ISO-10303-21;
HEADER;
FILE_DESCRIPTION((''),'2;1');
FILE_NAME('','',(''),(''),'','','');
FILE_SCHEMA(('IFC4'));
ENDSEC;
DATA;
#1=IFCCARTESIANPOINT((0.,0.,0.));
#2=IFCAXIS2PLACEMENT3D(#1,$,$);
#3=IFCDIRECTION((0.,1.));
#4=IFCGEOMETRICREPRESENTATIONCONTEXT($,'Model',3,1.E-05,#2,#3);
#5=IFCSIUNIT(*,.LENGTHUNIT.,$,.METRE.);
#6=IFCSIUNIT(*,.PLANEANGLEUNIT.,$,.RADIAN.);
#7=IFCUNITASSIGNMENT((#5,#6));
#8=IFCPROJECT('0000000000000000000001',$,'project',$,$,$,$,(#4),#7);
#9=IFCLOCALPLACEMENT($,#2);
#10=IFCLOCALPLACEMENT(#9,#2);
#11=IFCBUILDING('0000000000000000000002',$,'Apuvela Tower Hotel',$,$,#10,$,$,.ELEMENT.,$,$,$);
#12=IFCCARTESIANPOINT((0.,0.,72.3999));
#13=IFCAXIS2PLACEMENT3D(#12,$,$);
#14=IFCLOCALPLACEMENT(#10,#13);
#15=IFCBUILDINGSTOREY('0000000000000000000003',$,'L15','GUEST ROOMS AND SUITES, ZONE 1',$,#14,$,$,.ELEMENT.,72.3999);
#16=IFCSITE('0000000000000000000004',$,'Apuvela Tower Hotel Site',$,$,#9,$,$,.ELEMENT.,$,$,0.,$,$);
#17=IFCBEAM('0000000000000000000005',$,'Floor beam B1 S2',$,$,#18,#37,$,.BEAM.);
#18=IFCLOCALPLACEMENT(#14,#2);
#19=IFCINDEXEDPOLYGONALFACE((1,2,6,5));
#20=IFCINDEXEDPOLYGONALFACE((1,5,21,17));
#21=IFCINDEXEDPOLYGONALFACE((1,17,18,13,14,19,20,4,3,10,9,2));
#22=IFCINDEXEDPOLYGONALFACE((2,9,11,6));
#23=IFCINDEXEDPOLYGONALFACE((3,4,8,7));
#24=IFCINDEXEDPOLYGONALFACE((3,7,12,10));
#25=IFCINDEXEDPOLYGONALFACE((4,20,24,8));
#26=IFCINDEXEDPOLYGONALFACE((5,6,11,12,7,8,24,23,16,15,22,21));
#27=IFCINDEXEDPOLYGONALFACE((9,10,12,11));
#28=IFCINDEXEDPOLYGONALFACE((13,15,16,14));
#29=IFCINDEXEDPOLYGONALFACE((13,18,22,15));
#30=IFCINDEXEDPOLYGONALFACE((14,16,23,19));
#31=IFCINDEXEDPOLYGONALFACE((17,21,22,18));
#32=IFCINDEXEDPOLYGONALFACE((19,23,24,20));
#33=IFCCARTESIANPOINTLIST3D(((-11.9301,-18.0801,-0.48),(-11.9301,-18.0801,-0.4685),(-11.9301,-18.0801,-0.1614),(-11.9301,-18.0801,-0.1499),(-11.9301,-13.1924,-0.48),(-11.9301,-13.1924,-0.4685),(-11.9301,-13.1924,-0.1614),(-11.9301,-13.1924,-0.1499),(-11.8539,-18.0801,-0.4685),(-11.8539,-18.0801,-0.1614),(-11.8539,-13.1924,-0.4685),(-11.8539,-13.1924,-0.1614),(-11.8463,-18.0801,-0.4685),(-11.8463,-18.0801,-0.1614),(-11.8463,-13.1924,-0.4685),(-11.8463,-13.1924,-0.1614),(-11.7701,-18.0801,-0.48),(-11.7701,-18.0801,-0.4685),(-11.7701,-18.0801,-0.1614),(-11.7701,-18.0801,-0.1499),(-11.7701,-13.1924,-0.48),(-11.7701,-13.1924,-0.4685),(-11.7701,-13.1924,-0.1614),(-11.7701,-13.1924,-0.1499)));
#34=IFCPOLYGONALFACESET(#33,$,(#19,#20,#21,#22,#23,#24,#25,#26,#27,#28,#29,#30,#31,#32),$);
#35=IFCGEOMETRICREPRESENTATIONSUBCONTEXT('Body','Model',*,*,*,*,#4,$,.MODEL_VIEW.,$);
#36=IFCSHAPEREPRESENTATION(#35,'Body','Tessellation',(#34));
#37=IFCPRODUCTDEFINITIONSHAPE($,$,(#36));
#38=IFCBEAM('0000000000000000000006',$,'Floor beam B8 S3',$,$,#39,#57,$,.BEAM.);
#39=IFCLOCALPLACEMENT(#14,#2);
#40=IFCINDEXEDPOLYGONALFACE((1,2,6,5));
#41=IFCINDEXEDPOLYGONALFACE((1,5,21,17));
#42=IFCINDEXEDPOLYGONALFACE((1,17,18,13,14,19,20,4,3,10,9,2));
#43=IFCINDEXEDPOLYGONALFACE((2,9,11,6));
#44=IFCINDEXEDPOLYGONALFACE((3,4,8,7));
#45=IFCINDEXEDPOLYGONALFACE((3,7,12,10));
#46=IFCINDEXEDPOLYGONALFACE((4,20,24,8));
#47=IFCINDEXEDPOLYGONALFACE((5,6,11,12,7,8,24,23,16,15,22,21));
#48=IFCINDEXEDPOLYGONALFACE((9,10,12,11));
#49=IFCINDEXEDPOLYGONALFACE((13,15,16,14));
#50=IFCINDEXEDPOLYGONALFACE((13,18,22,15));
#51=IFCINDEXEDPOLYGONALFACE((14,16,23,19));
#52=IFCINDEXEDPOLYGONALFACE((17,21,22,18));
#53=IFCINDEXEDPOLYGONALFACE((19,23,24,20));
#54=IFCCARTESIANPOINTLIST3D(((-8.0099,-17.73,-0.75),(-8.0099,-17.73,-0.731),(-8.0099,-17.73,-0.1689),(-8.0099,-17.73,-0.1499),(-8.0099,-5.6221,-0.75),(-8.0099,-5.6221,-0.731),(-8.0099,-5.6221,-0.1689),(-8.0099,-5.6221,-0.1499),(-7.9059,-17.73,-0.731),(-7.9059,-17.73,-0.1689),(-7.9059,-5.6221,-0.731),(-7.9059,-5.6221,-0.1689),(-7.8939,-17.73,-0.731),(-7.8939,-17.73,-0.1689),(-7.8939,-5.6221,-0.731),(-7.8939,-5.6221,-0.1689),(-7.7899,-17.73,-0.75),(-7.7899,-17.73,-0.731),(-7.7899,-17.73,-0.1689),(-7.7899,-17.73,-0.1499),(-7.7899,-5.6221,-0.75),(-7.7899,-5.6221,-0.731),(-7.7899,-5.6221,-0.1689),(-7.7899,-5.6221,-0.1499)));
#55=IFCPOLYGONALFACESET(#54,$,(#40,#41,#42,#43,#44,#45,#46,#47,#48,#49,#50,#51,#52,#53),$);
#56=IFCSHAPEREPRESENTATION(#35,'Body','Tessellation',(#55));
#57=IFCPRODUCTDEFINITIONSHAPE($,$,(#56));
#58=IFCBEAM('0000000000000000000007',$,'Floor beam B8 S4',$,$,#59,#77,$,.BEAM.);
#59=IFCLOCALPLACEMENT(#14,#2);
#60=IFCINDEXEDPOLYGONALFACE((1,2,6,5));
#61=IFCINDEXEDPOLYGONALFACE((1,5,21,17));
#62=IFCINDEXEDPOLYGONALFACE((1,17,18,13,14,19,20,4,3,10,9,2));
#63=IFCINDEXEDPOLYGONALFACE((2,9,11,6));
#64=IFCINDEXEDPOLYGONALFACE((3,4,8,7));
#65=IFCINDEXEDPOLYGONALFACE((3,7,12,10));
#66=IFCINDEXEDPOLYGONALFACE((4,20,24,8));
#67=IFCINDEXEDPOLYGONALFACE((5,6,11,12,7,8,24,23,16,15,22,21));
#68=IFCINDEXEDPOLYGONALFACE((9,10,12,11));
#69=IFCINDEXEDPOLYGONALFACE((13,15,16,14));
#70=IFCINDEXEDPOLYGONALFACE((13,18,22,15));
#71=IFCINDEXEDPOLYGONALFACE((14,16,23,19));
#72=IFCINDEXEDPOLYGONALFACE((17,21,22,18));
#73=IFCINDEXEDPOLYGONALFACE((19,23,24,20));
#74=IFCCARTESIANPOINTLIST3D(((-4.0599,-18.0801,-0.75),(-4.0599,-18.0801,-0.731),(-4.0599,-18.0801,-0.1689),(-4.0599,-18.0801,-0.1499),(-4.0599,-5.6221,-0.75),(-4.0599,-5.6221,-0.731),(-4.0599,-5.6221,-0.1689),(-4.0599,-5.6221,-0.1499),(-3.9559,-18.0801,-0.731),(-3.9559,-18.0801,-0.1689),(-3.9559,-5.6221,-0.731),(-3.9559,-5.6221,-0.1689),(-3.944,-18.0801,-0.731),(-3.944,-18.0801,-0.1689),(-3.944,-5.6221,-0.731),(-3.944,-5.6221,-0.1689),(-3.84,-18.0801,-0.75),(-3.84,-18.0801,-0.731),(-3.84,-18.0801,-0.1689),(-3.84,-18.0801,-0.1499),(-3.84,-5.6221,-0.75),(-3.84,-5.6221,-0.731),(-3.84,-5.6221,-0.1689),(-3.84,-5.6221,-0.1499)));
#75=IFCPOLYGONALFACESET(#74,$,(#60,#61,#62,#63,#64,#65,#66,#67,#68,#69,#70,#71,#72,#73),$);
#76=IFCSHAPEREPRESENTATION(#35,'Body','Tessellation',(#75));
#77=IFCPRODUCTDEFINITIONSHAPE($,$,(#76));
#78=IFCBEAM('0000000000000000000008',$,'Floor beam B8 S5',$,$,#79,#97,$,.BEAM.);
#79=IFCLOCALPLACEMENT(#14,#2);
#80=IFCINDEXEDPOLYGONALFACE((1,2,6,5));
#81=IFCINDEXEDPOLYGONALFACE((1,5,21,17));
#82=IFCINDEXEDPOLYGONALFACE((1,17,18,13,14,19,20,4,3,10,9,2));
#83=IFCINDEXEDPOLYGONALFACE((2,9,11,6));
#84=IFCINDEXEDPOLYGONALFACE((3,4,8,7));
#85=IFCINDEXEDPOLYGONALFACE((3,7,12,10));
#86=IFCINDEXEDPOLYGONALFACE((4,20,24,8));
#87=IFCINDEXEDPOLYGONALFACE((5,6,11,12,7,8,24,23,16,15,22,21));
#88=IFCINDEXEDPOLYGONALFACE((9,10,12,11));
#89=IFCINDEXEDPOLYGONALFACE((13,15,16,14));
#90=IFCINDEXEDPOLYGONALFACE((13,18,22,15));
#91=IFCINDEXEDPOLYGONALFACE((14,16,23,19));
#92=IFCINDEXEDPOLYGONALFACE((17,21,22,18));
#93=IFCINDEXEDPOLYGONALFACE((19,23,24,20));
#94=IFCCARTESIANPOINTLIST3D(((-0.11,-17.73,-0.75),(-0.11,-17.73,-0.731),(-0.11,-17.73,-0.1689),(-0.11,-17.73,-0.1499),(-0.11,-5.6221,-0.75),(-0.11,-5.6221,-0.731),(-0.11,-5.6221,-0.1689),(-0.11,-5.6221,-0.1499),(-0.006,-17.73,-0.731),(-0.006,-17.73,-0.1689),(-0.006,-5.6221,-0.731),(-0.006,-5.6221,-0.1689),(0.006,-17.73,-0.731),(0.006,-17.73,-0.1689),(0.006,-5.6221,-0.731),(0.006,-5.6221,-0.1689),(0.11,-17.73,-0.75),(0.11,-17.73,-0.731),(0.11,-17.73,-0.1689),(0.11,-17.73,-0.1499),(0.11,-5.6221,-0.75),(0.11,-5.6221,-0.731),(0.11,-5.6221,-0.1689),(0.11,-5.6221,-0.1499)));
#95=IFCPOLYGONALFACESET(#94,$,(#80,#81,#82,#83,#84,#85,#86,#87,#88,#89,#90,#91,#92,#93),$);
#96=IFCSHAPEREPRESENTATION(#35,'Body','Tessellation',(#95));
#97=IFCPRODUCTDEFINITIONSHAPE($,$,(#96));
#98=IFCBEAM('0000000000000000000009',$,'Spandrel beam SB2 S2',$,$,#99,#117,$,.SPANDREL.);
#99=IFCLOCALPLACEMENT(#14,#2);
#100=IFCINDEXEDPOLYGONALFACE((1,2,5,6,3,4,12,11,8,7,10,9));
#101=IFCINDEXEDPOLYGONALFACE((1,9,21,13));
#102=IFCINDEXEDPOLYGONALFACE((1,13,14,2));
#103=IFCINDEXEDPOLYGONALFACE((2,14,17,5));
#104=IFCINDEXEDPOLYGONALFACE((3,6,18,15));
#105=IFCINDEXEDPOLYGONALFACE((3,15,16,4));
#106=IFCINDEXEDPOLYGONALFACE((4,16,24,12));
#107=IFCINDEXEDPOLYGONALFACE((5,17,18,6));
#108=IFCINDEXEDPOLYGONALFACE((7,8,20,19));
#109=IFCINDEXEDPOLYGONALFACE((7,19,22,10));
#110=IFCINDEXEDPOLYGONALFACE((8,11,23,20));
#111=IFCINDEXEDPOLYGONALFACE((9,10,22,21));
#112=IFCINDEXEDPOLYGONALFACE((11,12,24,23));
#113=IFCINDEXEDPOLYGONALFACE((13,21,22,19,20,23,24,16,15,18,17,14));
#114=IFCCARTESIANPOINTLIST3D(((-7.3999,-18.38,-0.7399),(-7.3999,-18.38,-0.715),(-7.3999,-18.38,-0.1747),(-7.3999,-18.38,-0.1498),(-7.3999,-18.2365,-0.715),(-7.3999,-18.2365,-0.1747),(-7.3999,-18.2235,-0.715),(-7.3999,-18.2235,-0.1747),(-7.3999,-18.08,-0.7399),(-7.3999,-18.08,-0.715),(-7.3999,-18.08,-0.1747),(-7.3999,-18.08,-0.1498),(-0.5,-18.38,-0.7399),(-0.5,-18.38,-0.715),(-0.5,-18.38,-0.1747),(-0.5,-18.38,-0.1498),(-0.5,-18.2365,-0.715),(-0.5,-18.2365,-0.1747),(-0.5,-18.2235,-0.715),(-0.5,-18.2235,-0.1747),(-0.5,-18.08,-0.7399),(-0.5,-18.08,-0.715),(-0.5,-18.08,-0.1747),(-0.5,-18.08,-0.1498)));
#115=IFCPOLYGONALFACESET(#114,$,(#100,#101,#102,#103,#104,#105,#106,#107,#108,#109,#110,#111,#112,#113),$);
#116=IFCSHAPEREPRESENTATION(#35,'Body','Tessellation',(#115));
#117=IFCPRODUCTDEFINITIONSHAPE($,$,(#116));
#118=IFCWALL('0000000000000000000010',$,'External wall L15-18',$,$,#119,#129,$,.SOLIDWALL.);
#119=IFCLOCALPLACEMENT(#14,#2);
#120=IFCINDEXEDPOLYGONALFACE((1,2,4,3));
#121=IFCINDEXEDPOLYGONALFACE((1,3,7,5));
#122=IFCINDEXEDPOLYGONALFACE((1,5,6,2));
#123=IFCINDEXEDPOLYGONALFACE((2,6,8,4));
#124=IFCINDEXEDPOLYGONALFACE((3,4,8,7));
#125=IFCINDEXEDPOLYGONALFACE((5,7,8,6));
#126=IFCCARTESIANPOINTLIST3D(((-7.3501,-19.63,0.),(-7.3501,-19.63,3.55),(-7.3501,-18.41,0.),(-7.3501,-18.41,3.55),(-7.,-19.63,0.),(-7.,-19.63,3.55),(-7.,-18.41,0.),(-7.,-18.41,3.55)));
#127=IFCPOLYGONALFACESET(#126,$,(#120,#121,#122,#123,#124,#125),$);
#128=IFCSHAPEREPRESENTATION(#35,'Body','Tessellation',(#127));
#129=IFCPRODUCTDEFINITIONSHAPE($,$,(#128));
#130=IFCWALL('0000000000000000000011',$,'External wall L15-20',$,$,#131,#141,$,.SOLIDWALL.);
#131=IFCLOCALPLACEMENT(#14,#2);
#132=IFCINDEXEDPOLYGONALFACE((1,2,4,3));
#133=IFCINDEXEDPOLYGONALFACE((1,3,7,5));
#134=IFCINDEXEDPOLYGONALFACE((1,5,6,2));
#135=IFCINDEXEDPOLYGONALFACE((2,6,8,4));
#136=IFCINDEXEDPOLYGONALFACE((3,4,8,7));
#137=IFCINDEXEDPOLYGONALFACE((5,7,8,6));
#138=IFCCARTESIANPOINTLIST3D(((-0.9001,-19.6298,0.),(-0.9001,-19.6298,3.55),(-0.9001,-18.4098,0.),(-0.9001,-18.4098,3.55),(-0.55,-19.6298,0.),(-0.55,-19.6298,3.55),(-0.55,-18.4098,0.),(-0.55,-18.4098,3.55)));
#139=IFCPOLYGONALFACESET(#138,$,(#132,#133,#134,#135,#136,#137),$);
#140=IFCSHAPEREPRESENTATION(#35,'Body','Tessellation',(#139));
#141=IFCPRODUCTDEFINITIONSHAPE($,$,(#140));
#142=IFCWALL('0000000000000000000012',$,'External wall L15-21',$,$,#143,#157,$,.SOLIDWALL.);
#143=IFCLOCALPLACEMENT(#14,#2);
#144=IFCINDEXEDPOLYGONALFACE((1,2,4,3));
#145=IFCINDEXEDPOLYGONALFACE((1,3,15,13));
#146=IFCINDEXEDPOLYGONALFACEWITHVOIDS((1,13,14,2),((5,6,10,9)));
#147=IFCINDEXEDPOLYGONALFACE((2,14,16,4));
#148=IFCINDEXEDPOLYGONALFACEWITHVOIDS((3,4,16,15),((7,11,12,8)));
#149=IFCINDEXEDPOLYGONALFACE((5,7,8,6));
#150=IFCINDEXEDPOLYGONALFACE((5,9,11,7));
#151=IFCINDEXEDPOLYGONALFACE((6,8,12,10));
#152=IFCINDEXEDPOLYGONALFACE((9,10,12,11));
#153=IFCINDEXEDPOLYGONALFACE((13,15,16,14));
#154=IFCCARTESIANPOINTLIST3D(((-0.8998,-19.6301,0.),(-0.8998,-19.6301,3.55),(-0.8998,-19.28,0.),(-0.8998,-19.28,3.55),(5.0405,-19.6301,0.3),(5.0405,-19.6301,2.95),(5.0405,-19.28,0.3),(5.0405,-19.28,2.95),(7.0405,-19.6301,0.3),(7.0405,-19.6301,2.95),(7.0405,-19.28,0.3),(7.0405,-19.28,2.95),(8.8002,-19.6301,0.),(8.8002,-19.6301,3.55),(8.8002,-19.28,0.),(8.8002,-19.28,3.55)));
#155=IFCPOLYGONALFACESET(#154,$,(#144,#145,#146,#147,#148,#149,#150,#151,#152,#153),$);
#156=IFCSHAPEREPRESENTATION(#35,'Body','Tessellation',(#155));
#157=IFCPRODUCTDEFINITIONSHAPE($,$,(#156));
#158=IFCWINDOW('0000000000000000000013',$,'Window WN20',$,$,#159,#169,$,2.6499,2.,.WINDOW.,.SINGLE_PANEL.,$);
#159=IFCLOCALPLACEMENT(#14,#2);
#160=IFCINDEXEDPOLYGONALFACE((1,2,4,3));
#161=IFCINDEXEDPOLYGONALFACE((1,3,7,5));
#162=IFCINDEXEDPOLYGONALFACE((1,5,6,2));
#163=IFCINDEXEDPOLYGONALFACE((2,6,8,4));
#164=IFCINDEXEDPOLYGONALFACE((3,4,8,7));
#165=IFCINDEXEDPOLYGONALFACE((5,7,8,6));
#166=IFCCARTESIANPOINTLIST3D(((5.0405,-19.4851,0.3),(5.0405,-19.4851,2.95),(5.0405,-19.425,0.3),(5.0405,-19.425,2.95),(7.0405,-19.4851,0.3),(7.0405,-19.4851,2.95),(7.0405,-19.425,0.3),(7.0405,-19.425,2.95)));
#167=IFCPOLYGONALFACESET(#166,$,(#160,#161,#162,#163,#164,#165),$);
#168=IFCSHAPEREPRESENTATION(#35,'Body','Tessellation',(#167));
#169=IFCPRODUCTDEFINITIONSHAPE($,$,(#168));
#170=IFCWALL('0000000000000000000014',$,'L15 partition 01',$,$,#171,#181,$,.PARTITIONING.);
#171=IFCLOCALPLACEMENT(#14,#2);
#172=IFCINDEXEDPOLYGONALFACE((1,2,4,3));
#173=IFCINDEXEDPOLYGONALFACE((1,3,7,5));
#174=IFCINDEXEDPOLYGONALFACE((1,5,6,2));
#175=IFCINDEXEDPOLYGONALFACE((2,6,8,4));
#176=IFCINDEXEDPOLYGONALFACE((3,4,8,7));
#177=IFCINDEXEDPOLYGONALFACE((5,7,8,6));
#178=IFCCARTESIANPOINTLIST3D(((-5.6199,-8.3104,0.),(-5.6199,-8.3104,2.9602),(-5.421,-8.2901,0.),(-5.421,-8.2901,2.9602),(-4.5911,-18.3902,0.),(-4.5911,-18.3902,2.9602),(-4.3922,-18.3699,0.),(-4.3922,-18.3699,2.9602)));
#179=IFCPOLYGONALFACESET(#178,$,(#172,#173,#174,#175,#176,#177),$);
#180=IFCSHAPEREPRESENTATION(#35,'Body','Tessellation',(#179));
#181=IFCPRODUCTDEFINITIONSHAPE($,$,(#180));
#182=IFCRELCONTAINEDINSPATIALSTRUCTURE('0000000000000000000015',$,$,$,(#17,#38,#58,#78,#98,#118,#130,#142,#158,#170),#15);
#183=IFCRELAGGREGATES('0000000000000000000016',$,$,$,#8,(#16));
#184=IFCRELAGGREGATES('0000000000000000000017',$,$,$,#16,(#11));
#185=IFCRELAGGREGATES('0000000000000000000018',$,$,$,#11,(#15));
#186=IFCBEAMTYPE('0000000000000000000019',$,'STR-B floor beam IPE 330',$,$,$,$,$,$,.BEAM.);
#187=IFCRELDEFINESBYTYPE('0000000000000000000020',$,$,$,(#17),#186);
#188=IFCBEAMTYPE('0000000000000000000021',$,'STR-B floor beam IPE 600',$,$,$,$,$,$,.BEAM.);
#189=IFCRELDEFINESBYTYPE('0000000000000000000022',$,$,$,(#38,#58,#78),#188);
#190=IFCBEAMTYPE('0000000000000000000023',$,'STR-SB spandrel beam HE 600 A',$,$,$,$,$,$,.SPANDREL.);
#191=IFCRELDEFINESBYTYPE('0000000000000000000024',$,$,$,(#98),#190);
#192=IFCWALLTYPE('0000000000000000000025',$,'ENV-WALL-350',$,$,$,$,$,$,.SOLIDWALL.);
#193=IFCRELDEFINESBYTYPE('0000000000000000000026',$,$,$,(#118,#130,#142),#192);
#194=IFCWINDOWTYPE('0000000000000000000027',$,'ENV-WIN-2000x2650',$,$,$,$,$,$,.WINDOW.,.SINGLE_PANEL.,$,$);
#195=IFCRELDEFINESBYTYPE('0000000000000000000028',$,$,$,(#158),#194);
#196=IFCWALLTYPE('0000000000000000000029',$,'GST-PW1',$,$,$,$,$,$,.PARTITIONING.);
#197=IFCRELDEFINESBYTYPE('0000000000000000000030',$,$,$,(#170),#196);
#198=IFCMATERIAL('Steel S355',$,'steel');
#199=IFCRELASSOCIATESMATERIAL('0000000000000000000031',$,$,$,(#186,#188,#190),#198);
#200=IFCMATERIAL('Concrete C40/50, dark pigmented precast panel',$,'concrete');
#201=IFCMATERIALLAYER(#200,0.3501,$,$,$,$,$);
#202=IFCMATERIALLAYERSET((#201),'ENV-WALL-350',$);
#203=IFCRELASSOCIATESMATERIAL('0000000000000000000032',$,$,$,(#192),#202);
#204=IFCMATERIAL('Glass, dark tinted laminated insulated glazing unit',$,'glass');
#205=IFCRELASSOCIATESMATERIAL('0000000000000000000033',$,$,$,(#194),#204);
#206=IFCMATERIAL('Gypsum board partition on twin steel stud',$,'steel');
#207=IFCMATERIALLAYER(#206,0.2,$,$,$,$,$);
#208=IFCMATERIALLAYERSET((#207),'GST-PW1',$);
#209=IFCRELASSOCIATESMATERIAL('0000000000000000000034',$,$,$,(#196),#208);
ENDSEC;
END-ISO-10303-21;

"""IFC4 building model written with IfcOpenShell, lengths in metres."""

from ifc_helpers import new_model, si_unit, direction, frame, frame_2d, origin, origin_2d, place, context, subcontext, project, spatial, rectangle, i_section, extrude, material, layer, layer_set, material_profile, profile_set, type_object, element, fill, save


model = new_model("IFC4")

# Units and contexts
model_context = context("Model", 3, precision=1e-05, world=origin(), true_north=direction((0.0, 1.0)))
body_context = subcontext(model_context, "Body", "Model", "MODEL_VIEW")
ifc_project = project(units=[si_unit("LENGTHUNIT", "METRE"), si_unit("PLANEANGLEUNIT", "RADIAN")], contexts=[model_context])

# Site, building, storey
site_placement = place(None, origin())
site = spatial("IfcSite", under=ifc_project, at=site_placement, Name="Apuvela Tower Hotel Site", CompositionType="ELEMENT", RefElevation=0.0)
building_placement = place(site_placement, origin())
building = spatial("IfcBuilding", under=site, at=building_placement, Name="Apuvela Tower Hotel", CompositionType="ELEMENT")
storey_placement = place(building_placement, frame((0.0, 0.0, 72.3999)))
storey = spatial("IfcBuildingStorey", under=building, at=storey_placement, Name="L15", Description="GUEST ROOMS AND SUITES, ZONE 1", CompositionType="ELEMENT", Elevation=72.3999)

# Beams
ifc_material_1 = material(Name="Steel S355", Category="steel")
ifc_material_profile_1 = material_profile(ifc_material_1, i_section(OverallWidth=0.1599, OverallDepth=0.3301, WebThickness=0.0076, FlangeThickness=0.0115, at=origin_2d()), Name="IPE 330")
ifc_profile_set_1 = profile_set([ifc_material_profile_1], Name="Steel S355")
beam_type_1 = type_object("IfcBeamType", Name="STR-B floor beam IPE 330", PredefinedType="BEAM", material=ifc_profile_set_1)
beam_1_placement = place(storey_placement, frame((-11.8501, -18.0801, -0.3149), z_axis=(0.0, 1.0, 0.0), x_axis=(-1.0, 0.0, 0.0)))
element("IfcBeam", 1, at=beam_1_placement, inside=storey, type_object=beam_type_1, Name="Floor beam B1 S2", PredefinedType="BEAM", context=body_context, shape_type="SweptSolid", body=[
    extrude(i_section(OverallWidth=0.1599, OverallDepth=0.3301, WebThickness=0.0076, FlangeThickness=0.0115, at=origin_2d()), origin(), (0.0, 0.0, 1.0), 4.8877),
])
ifc_material_profile_2 = material_profile(ifc_material_1, i_section(OverallWidth=0.22, OverallDepth=0.6001, WebThickness=0.012, FlangeThickness=0.019, at=origin_2d()), Name="IPE 600")
ifc_profile_set_2 = profile_set([ifc_material_profile_2], Name="Steel S355")
beam_type_2 = type_object("IfcBeamType", Name="STR-B floor beam IPE 600", PredefinedType="BEAM", material=ifc_profile_set_2)
beam_2_placement = place(storey_placement, frame((-7.8999, -17.73, -0.45), z_axis=(0.0, 1.0, 0.0), x_axis=(-1.0, 0.0, 0.0)))
element("IfcBeam", 2, at=beam_2_placement, inside=storey, type_object=beam_type_2, Name="Floor beam B8 S3", PredefinedType="BEAM", context=body_context, shape_type="SweptSolid", body=[
    extrude(i_section(OverallWidth=0.22, OverallDepth=0.6001, WebThickness=0.012, FlangeThickness=0.019, at=origin_2d()), origin(), (0.0, 0.0, 1.0), 12.1079),
])
beam_3_placement = place(storey_placement, frame((-3.95, -18.0801, -0.45), z_axis=(0.0, 1.0, 0.0), x_axis=(-1.0, 0.0, 0.0)))
element("IfcBeam", 3, at=beam_3_placement, inside=storey, type_object=beam_type_2, Name="Floor beam B8 S4", PredefinedType="BEAM", context=body_context, shape_type="SweptSolid", body=[
    extrude(i_section(OverallWidth=0.22, OverallDepth=0.6001, WebThickness=0.012, FlangeThickness=0.019, at=origin_2d()), origin(), (0.0, 0.0, 1.0), 12.458),
])
beam_4_placement = place(storey_placement, frame((0.0, -17.73, -0.45), z_axis=(0.0, 1.0, 0.0), x_axis=(-1.0, 0.0, 0.0)))
element("IfcBeam", 4, at=beam_4_placement, inside=storey, type_object=beam_type_2, Name="Floor beam B8 S5", PredefinedType="BEAM", context=body_context, shape_type="SweptSolid", body=[
    extrude(i_section(OverallWidth=0.22, OverallDepth=0.6001, WebThickness=0.012, FlangeThickness=0.019, at=origin_2d()), origin(), (0.0, 0.0, 1.0), 12.1079),
])
ifc_material_profile_3 = material_profile(ifc_material_1, i_section(OverallWidth=0.3, OverallDepth=0.5901, WebThickness=0.0129, FlangeThickness=0.0249, at=origin_2d()), Name="HE 600 A")
ifc_profile_set_3 = profile_set([ifc_material_profile_3], Name="Steel S355")
beam_type_3 = type_object("IfcBeamType", Name="STR-SB spandrel beam HE 600 A", PredefinedType="SPANDREL", material=ifc_profile_set_3)
beam_5_placement = place(storey_placement, frame((-7.3999, -18.23, -0.4448), z_axis=(1.0, 0.0, 0.0), x_axis=(0.0, 1.0, 0.0)))
element("IfcBeam", 5, at=beam_5_placement, inside=storey, type_object=beam_type_3, Name="Spandrel beam SB2 S2", PredefinedType="SPANDREL", context=body_context, shape_type="SweptSolid", body=[
    extrude(i_section(OverallWidth=0.3, OverallDepth=0.5901, WebThickness=0.0129, FlangeThickness=0.0249, at=origin_2d()), origin(), (0.0, 0.0, 1.0), 6.8999),
])

# Wall
ifc_material_2 = material(Name="Concrete C40/50, dark pigmented precast panel", Category="concrete")
ifc_layer_1 = layer(ifc_material_2, 0.3501)
ifc_layer_set_1 = layer_set([ifc_layer_1], Name="ENV-WALL-350")
wall_type_1 = type_object("IfcWallType", Name="ENV-WALL-350", PredefinedType="SOLIDWALL", material=ifc_layer_set_1)
wall_1_placement = place(storey_placement, frame((-7.175, -19.6299, 0.0), z_axis=(0.0, 0.0, 1.0), x_axis=(0.0, 1.0, 0.0)))
element("IfcWall", 6, at=wall_1_placement, inside=storey, type_object=wall_type_1, Name="External wall L15-18", PredefinedType="SOLIDWALL", context=body_context, shape_type="SweptSolid", body=[
    extrude(rectangle(XDim=1.22, YDim=0.3501, at=frame_2d((0.6099, 0.0))), origin(), (0.0, 0.0, 1.0), 3.55),
])

# Shared definitions
ifc_material_3 = material(Name="Glass, dark tinted laminated insulated glazing unit", Category="glass")
window_type = type_object("IfcWindowType", Name="ENV-WIN-2000x2650", PartitioningType="SINGLE_PANEL", PredefinedType="WINDOW", material=ifc_material_3)

# Wall
wall_2_placement = place(storey_placement, frame((-0.7251, -18.4099, 0.0), z_axis=(0.0, 0.0, 1.0), x_axis=(0.0, -1.0, 0.0)))
element("IfcWall", 7, at=wall_2_placement, inside=storey, type_object=wall_type_1, Name="External wall L15-20", PredefinedType="SOLIDWALL", context=body_context, shape_type="SweptSolid", body=[
    extrude(rectangle(XDim=1.22, YDim=0.3501, at=frame_2d((0.6099, 0.0))), origin(), (0.0, 0.0, 1.0), 3.55),
])

# Wall, opening, window
wall_3_placement = place(storey_placement, frame((-0.8999, -19.4551, 0.0), z_axis=(0.0, 0.0, 1.0), x_axis=(1.0, 0.0, 0.0)))
wall_3 = element("IfcWall", 8, at=wall_3_placement, inside=storey, type_object=wall_type_1, Name="External wall L15-21", PredefinedType="SOLIDWALL", context=body_context, shape_type="SweptSolid", body=[
    extrude(rectangle(XDim=9.7, YDim=0.3501, at=frame_2d((4.8501, 0.0))), origin(), (0.0, 0.0, 1.0), 3.55),
])
opening_1_placement = place(wall_3_placement, frame((5.9404, 0.0, 0.3)))
opening_1 = element("IfcOpeningElement", 9, at=opening_1_placement, cuts=wall_3, PredefinedType="OPENING", context=body_context, shape_type="SweptSolid", body=[
    extrude(rectangle(XDim=2.0, YDim=2.6499, at=frame_2d((1.0, 1.325))), frame((0.0, 0.1851, 0.0), z_axis=(0.0, -1.0, 0.0), x_axis=(1.0, 0.0, 0.0)), (0.0, 0.0, 1.0), 0.3701),
])
window_1_placement = place(opening_1_placement, origin())
window_1 = element("IfcWindow", 10, at=window_1_placement, inside=storey, type_object=window_type, Name="Window WN20", OverallHeight=2.6499, OverallWidth=2.0, PartitioningType="SINGLE_PANEL", PredefinedType="WINDOW", context=body_context, shape_type="SweptSolid", body=[
    extrude(rectangle(XDim=2.0, YDim=2.6499, at=frame_2d((1.0, 1.325))), frame((0.0, 0.03, 0.0), z_axis=(0.0, -1.0, 0.0), x_axis=(1.0, 0.0, 0.0)), (0.0, 0.0, 1.0), 0.0601),
])
fill(opening_1, window_1)

# Wall
ifc_material_4 = material(Name="Gypsum board partition on twin steel stud", Category="steel")
ifc_layer_2 = layer(ifc_material_4, 0.2)
ifc_layer_set_2 = layer_set([ifc_layer_2], Name="GST-PW1")
wall_type_2 = type_object("IfcWallType", Name="GST-PW1", PredefinedType="PARTITIONING", material=ifc_layer_set_2)
wall_4_placement = place(storey_placement, frame((-4.4917, -18.3799, 0.0), z_axis=(0.0, 0.0, 1.0), x_axis=(-0.101539, 0.994832, 0.0)))
element("IfcWall", 11, at=wall_4_placement, inside=storey, type_object=wall_type_2, Name="L15 partition 01", PredefinedType="PARTITIONING", context=body_context, shape_type="SweptSolid", body=[
    extrude(rectangle(XDim=10.1321, YDim=0.2, at=frame_2d((5.0659, 0.0))), origin(), (0.0, 0.0, 1.0), 2.9602),
])

save(model, "model.ifc")
